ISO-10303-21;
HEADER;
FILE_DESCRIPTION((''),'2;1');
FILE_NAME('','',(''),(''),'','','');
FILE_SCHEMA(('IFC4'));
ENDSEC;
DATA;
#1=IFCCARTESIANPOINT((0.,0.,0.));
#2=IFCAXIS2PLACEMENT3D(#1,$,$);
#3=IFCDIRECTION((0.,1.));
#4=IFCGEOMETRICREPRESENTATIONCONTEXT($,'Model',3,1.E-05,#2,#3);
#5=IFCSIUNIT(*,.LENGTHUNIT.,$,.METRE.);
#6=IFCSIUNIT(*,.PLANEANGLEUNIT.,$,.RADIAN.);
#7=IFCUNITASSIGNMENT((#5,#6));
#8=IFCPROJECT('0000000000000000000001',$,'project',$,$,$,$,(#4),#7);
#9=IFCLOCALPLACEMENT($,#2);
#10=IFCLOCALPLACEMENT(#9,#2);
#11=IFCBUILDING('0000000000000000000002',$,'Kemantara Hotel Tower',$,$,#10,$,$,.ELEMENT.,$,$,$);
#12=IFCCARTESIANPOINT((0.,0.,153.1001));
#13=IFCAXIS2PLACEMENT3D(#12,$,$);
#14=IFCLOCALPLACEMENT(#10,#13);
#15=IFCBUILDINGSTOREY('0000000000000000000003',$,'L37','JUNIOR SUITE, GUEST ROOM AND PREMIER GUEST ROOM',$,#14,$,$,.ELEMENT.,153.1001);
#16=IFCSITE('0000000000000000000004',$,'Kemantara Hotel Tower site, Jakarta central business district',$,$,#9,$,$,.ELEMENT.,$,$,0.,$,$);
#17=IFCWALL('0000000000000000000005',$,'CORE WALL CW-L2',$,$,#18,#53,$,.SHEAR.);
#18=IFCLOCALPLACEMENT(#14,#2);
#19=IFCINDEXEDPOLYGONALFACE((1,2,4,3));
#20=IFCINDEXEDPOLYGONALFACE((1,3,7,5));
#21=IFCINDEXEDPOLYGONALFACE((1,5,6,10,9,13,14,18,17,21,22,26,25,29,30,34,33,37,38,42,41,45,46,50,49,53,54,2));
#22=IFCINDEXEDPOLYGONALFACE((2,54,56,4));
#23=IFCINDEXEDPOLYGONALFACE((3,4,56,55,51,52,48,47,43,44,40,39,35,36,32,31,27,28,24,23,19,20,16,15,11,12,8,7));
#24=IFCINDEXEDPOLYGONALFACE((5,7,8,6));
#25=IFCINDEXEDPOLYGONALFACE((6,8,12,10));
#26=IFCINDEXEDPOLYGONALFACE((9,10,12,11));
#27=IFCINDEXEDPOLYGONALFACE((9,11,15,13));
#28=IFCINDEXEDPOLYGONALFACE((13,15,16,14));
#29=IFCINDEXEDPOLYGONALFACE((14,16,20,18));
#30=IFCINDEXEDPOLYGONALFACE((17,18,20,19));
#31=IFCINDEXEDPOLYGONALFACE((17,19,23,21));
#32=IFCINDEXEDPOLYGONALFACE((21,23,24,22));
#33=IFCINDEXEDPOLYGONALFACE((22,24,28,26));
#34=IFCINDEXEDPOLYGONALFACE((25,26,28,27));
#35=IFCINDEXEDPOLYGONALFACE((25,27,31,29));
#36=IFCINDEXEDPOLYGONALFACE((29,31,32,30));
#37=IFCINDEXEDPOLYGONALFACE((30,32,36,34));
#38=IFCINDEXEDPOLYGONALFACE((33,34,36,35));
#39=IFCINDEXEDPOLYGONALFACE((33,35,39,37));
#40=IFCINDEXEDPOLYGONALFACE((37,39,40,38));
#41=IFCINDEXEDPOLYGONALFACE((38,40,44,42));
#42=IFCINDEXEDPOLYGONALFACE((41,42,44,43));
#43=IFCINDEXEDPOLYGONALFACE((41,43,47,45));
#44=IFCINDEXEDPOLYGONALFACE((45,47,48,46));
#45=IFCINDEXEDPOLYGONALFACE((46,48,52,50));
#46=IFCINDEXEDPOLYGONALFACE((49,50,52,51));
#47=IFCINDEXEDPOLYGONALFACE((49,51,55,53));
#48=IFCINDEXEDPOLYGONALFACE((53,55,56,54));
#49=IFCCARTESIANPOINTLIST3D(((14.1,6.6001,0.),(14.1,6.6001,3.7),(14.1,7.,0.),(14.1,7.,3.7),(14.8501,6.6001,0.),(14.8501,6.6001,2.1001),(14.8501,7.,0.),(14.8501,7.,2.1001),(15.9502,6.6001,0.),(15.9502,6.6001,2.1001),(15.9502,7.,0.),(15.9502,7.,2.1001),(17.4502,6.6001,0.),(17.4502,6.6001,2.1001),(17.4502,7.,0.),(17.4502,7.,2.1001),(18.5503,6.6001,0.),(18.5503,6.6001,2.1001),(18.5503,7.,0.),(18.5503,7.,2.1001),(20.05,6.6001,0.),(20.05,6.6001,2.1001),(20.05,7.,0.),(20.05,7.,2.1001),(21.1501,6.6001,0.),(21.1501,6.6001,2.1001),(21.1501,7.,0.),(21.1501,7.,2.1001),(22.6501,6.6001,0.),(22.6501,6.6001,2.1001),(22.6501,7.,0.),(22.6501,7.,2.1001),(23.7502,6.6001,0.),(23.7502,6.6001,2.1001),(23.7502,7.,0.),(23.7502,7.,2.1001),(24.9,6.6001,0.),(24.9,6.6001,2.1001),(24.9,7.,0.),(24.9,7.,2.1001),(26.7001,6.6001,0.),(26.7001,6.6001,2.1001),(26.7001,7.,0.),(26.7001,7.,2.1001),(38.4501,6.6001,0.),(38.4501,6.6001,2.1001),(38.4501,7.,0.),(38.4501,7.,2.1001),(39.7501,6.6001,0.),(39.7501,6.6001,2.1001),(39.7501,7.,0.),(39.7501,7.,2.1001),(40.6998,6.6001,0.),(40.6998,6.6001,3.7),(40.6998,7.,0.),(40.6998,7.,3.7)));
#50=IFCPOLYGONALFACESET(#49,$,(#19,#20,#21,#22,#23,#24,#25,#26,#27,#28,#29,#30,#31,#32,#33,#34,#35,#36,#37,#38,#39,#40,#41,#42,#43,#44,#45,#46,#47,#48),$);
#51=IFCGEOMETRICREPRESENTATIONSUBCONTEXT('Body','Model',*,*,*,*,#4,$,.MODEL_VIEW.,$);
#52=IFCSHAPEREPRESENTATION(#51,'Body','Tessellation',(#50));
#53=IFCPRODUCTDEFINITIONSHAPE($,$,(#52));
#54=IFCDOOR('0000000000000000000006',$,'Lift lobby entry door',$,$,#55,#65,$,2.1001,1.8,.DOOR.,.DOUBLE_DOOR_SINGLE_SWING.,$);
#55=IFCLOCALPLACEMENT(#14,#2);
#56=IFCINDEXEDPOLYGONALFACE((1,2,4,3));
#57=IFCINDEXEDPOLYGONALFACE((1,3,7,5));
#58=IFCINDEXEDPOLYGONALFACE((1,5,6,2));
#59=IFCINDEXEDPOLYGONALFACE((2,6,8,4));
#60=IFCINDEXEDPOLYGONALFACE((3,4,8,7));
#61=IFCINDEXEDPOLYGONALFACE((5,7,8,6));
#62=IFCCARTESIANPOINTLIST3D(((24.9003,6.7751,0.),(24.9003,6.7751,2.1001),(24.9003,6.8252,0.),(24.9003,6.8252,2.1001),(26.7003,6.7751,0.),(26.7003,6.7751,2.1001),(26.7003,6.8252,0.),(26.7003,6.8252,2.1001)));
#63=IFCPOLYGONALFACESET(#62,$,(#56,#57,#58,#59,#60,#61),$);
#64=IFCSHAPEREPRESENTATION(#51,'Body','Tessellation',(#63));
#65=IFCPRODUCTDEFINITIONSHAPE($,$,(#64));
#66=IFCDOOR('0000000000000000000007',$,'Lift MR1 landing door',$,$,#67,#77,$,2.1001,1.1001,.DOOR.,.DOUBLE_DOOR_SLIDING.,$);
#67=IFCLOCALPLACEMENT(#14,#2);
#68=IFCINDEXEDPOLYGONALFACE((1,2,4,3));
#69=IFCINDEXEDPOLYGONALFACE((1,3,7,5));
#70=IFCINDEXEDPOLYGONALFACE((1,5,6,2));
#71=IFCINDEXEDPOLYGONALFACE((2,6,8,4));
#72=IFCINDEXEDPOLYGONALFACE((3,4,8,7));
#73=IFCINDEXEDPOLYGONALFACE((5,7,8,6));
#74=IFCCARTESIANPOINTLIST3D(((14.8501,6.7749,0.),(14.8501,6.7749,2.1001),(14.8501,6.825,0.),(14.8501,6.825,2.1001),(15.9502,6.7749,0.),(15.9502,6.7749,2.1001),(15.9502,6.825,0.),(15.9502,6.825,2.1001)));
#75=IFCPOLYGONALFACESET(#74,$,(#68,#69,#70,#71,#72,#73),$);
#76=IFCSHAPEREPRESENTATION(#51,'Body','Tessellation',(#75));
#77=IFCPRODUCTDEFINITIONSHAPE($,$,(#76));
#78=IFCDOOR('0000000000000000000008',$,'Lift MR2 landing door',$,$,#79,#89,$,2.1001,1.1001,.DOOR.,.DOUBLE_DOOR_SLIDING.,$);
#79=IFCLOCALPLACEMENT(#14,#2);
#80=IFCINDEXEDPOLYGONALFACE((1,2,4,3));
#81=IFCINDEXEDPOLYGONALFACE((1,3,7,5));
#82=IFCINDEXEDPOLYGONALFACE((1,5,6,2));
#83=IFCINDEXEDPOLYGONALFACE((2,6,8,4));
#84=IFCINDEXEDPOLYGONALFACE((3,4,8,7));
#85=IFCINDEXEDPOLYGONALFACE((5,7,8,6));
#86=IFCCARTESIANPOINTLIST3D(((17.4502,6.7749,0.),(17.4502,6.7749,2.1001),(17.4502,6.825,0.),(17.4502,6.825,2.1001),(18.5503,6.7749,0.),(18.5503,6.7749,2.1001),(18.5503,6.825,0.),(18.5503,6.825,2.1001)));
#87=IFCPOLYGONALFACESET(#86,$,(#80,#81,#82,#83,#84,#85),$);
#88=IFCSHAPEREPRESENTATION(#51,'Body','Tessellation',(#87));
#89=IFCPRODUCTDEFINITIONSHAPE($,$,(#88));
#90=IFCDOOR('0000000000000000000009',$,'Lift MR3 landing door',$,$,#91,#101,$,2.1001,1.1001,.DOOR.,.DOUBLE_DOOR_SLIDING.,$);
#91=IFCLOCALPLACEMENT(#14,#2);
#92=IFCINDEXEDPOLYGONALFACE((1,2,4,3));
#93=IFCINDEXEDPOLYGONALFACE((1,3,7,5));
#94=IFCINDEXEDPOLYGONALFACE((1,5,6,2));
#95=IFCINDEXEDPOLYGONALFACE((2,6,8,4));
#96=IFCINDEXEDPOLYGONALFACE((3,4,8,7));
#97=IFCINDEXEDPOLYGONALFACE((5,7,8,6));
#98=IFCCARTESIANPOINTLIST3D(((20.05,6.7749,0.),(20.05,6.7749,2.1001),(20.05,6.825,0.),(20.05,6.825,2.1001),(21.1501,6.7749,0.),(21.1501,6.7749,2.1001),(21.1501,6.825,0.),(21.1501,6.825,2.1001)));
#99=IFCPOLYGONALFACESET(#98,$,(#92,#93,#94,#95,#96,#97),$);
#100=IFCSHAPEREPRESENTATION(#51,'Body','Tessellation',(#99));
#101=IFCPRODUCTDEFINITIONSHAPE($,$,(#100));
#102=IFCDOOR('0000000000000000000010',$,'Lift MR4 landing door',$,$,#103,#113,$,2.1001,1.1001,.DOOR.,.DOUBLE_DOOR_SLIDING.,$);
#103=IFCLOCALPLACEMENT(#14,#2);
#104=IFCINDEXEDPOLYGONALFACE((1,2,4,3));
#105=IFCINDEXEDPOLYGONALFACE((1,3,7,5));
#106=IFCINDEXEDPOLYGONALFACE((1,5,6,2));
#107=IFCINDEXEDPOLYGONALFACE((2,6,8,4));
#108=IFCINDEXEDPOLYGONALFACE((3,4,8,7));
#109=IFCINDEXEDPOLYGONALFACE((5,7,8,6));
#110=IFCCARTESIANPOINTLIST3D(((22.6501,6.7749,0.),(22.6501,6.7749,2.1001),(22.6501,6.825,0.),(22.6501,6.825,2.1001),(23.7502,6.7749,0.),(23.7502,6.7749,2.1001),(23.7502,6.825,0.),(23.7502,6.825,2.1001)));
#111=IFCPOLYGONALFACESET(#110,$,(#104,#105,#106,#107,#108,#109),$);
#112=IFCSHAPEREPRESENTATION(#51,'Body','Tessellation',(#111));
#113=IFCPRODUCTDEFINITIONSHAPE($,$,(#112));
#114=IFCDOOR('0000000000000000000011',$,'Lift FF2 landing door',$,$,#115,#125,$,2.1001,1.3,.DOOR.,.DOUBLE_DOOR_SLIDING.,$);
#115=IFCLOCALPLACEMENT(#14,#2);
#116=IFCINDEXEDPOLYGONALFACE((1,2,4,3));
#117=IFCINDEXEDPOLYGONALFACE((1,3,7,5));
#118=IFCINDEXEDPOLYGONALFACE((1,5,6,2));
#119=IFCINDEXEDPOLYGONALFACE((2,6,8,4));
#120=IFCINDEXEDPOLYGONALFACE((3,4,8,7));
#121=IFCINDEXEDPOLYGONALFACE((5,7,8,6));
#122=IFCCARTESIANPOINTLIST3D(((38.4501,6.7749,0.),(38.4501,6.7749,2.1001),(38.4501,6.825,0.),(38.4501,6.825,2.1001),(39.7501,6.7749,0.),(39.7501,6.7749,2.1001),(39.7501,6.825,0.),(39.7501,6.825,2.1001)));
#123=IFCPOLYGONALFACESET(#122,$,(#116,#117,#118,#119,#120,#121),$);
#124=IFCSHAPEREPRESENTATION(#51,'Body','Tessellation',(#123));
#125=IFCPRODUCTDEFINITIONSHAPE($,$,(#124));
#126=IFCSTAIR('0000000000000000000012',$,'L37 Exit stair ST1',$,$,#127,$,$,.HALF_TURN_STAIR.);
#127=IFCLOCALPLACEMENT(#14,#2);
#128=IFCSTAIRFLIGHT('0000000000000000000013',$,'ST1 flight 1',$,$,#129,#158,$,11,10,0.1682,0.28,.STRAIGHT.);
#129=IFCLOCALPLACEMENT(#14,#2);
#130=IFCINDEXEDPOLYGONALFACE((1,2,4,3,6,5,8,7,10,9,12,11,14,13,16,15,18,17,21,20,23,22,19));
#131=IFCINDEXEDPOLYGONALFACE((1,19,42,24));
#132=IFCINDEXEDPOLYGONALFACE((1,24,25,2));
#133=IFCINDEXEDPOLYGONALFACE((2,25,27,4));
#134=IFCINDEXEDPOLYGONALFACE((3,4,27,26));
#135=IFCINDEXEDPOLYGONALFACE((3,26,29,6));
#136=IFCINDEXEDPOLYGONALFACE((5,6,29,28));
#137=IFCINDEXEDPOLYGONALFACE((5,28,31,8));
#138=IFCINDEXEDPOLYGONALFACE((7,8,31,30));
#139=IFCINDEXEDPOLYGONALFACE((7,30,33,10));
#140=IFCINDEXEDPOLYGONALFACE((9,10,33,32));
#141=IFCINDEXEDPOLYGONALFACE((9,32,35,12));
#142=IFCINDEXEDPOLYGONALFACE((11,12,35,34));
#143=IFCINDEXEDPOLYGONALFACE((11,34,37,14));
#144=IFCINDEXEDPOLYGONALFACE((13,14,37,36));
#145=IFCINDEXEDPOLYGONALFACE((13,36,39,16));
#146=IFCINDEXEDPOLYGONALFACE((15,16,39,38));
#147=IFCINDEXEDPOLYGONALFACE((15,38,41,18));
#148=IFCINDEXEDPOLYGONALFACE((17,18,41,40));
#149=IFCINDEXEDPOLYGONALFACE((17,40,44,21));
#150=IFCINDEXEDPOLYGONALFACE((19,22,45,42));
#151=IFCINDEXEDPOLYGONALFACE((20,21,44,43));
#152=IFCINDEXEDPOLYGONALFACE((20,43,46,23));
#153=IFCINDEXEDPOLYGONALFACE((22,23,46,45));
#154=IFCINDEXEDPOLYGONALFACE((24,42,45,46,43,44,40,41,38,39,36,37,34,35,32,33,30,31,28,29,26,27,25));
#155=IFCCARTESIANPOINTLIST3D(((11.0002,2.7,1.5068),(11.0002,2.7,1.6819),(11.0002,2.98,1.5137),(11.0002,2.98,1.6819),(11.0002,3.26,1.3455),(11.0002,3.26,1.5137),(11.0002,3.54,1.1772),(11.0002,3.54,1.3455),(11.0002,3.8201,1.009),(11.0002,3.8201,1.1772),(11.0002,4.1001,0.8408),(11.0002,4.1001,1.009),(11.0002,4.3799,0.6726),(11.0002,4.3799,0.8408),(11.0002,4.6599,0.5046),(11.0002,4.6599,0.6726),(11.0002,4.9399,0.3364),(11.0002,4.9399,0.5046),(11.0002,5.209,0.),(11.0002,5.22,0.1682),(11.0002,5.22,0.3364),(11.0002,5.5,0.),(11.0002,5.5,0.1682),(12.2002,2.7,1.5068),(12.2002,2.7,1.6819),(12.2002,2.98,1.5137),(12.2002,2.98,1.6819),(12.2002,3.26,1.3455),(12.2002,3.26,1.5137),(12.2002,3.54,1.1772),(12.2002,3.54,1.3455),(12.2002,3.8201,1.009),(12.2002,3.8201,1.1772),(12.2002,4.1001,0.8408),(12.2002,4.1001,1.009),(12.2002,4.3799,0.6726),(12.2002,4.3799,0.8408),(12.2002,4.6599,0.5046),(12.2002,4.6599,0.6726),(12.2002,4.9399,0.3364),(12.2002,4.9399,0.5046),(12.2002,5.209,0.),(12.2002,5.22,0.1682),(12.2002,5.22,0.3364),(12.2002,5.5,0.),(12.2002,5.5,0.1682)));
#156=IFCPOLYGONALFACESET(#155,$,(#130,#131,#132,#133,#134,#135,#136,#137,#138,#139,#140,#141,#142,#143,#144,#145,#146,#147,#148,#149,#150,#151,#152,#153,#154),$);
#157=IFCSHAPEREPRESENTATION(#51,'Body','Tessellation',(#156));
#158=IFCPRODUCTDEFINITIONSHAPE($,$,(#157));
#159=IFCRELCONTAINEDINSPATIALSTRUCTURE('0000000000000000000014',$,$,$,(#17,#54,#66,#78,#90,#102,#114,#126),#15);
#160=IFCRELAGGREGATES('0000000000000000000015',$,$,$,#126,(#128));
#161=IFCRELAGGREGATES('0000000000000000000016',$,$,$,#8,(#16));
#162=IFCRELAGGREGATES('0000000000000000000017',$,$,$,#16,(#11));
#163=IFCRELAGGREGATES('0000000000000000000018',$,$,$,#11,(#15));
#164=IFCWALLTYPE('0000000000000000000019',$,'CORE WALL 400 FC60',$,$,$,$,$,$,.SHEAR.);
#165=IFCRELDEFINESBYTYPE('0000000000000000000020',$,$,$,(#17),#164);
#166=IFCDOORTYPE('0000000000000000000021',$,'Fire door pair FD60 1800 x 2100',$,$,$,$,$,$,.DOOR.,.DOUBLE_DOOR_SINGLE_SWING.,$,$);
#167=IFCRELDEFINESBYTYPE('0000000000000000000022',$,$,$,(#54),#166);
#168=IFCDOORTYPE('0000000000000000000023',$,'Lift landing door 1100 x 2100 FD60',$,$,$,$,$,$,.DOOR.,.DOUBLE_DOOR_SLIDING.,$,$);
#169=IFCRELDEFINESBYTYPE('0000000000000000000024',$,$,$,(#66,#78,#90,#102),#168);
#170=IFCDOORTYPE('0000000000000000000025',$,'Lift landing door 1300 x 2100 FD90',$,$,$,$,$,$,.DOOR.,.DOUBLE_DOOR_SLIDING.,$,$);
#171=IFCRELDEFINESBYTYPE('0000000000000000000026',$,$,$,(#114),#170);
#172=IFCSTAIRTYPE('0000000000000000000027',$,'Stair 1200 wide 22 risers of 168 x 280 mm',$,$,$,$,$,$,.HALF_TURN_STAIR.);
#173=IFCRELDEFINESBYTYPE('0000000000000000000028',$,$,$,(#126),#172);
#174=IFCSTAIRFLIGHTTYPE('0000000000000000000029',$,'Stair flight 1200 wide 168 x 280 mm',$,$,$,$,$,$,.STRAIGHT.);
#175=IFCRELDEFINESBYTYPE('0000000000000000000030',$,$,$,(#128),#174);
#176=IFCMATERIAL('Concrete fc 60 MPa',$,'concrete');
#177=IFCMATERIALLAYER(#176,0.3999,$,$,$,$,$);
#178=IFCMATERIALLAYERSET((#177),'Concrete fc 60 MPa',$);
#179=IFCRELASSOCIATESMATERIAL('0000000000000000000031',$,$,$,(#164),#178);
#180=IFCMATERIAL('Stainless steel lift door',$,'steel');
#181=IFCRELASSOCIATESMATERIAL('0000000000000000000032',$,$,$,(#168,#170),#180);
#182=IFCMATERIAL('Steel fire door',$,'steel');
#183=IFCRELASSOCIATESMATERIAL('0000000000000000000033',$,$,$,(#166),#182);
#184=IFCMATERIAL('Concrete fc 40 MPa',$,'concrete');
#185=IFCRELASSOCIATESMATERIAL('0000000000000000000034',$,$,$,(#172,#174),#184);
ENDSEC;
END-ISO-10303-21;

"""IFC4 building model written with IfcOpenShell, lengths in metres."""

from ifc_helpers import new_model, si_unit, direction, frame, frame_2d, origin, place, context, subcontext, project, spatial, polyline, rectangle, outline, extrude, material, layer, layer_set, type_object, element, fill, aggregate, save


model = new_model("IFC4")

# Units and contexts
model_context = context("Model", 3, precision=1e-05, world=origin(), true_north=direction((0.0, 1.0)))
body_context = subcontext(model_context, "Body", "Model", "MODEL_VIEW")
ifc_project = project(units=[si_unit("LENGTHUNIT", "METRE"), si_unit("PLANEANGLEUNIT", "RADIAN")], contexts=[model_context])

# Site, building, storey
site_placement = place(None, origin())
site = spatial("IfcSite", under=ifc_project, at=site_placement, Name="Kemantara Hotel Tower site, Jakarta central business district", CompositionType="ELEMENT", RefElevation=0.0)
building_placement = place(site_placement, origin())
building = spatial("IfcBuilding", under=site, at=building_placement, Name="Kemantara Hotel Tower", CompositionType="ELEMENT")
storey_placement = place(building_placement, frame((0.0, 0.0, 153.1001)))
storey = spatial("IfcBuildingStorey", under=building, at=storey_placement, Name="L37", Description="JUNIOR SUITE, GUEST ROOM AND PREMIER GUEST ROOM", CompositionType="ELEMENT", Elevation=153.1001)

# Shared definitions
ifc_material_1 = material(Name="Concrete fc 60 MPa", Category="concrete")

# Wall, openings, doors
ifc_layer_1 = layer(ifc_material_1, 0.3999)
ifc_layer_set_1 = layer_set([ifc_layer_1], Name="Concrete fc 60 MPa")
wall_type_1 = type_object("IfcWallType", Name="CORE WALL 400 FC60", PredefinedType="SHEAR", material=ifc_layer_set_1)
ifc_material_2 = material(Name="Steel fire door", Category="steel")
ifc_material_3 = material(Name="Stainless steel lift door", Category="steel")
door_type_1 = type_object("IfcDoorType", Name="Lift landing door 1100 x 2100 FD60", OperationType="DOUBLE_DOOR_SLIDING", PredefinedType="DOOR", material=ifc_material_3)
door_type_2 = type_object("IfcDoorType", Name="Lift landing door 1300 x 2100 FD90", OperationType="DOUBLE_DOOR_SLIDING", PredefinedType="DOOR", material=ifc_material_3)
wall_1_placement = place(storey_placement, frame((14.1001, 6.8, 0.0), z_axis=(0.0, 0.0, 1.0), x_axis=(1.0, 0.0, 0.0)))
wall_1 = element("IfcWall", 1, at=wall_1_placement, inside=storey, type_object=wall_type_1, Name="CORE WALL CW-L2", PredefinedType="SHEAR", context=body_context, shape_type="SweptSolid", body=[
    extrude(rectangle(XDim=26.5999, YDim=0.3999, at=frame_2d((13.2998, 0.0))), origin(), (0.0, 0.0, 1.0), 3.7),
])
opening_1_placement = place(wall_1_placement, frame((10.8, 0.0, 0.0)))
opening_1 = element("IfcOpeningElement", 2, at=opening_1_placement, cuts=wall_1, PredefinedType="OPENING", context=body_context, shape_type="SweptSolid", body=[
    extrude(rectangle(XDim=1.8, YDim=2.1001, at=frame_2d((0.8999, 1.05))), frame((0.0, 0.21, 0.0), z_axis=(0.0, -1.0, 0.0), x_axis=(1.0, 0.0, 0.0)), (0.0, 0.0, 1.0), 0.4199),
])
opening_2_placement = place(wall_1_placement, frame((0.75, 0.0, 0.0)))
opening_2 = element("IfcOpeningElement", 3, at=opening_2_placement, cuts=wall_1, PredefinedType="OPENING", context=body_context, shape_type="SweptSolid", body=[
    extrude(rectangle(XDim=1.1001, YDim=2.1001, at=frame_2d((0.55, 1.05))), frame((0.0, 0.21, 0.0), z_axis=(0.0, -1.0, 0.0), x_axis=(1.0, 0.0, 0.0)), (0.0, 0.0, 1.0), 0.4199),
])
opening_3_placement = place(wall_1_placement, frame((3.3501, 0.0, 0.0)))
opening_3 = element("IfcOpeningElement", 4, at=opening_3_placement, cuts=wall_1, PredefinedType="OPENING", context=body_context, shape_type="SweptSolid", body=[
    extrude(rectangle(XDim=1.1001, YDim=2.1001, at=frame_2d((0.55, 1.05))), frame((0.0, 0.21, 0.0), z_axis=(0.0, -1.0, 0.0), x_axis=(1.0, 0.0, 0.0)), (0.0, 0.0, 1.0), 0.4199),
])
opening_4_placement = place(wall_1_placement, frame((5.95, 0.0, 0.0)))
opening_4 = element("IfcOpeningElement", 5, at=opening_4_placement, cuts=wall_1, PredefinedType="OPENING", context=body_context, shape_type="SweptSolid", body=[
    extrude(rectangle(XDim=1.1001, YDim=2.1001, at=frame_2d((0.55, 1.05))), frame((0.0, 0.21, 0.0), z_axis=(0.0, -1.0, 0.0), x_axis=(1.0, 0.0, 0.0)), (0.0, 0.0, 1.0), 0.4199),
])
opening_5_placement = place(wall_1_placement, frame((8.55, 0.0, 0.0)))
opening_5 = element("IfcOpeningElement", 6, at=opening_5_placement, cuts=wall_1, PredefinedType="OPENING", context=body_context, shape_type="SweptSolid", body=[
    extrude(rectangle(XDim=1.1001, YDim=2.1001, at=frame_2d((0.55, 1.05))), frame((0.0, 0.21, 0.0), z_axis=(0.0, -1.0, 0.0), x_axis=(1.0, 0.0, 0.0)), (0.0, 0.0, 1.0), 0.4199),
])
opening_6_placement = place(wall_1_placement, frame((24.3501, 0.0, 0.0)))
opening_6 = element("IfcOpeningElement", 7, at=opening_6_placement, cuts=wall_1, PredefinedType="OPENING", context=body_context, shape_type="SweptSolid", body=[
    extrude(rectangle(XDim=1.3, YDim=2.1001, at=frame_2d((0.6499, 1.05))), frame((0.0, 0.21, 0.0), z_axis=(0.0, -1.0, 0.0), x_axis=(1.0, 0.0, 0.0)), (0.0, 0.0, 1.0), 0.4199),
])
door_type_3 = type_object("IfcDoorType", Name="Fire door pair FD60 1800 x 2100", OperationType="DOUBLE_DOOR_SINGLE_SWING", PredefinedType="DOOR", material=ifc_material_2)
door_1_placement = place(opening_1_placement, frame((1.8, 0.0, 0.0), z_axis=(0.0, 0.0, 1.0), x_axis=(-1.0, 0.0, 0.0)))
door_1 = element("IfcDoor", 8, at=door_1_placement, inside=storey, type_object=door_type_3, Name="Lift lobby entry door", OperationType="DOUBLE_DOOR_SINGLE_SWING", OverallHeight=2.1001, OverallWidth=1.8, PredefinedType="DOOR", context=body_context, shape_type="SweptSolid", body=[
    extrude(rectangle(XDim=1.8, YDim=2.1001, at=frame_2d((0.8999, 1.05))), frame((0.0, 0.0249, 0.0), z_axis=(0.0, -1.0, 0.0), x_axis=(1.0, 0.0, 0.0)), (0.0, 0.0, 1.0), 0.05),
])
fill(opening_1, door_1)
door_2_placement = place(opening_2_placement, origin())
door_2 = element("IfcDoor", 9, at=door_2_placement, inside=storey, type_object=door_type_1, Name="Lift MR1 landing door", OperationType="DOUBLE_DOOR_SLIDING", OverallHeight=2.1001, OverallWidth=1.1001, PredefinedType="DOOR", context=body_context, shape_type="SweptSolid", body=[
    extrude(rectangle(XDim=1.1001, YDim=2.1001, at=frame_2d((0.55, 1.05))), frame((0.0, 0.0249, 0.0), z_axis=(0.0, -1.0, 0.0), x_axis=(1.0, 0.0, 0.0)), (0.0, 0.0, 1.0), 0.05),
])
fill(opening_2, door_2)
door_3_placement = place(opening_3_placement, origin())
door_3 = element("IfcDoor", 10, at=door_3_placement, inside=storey, type_object=door_type_1, Name="Lift MR2 landing door", OperationType="DOUBLE_DOOR_SLIDING", OverallHeight=2.1001, OverallWidth=1.1001, PredefinedType="DOOR", context=body_context, shape_type="SweptSolid", body=[
    extrude(rectangle(XDim=1.1001, YDim=2.1001, at=frame_2d((0.55, 1.05))), frame((0.0, 0.0249, 0.0), z_axis=(0.0, -1.0, 0.0), x_axis=(1.0, 0.0, 0.0)), (0.0, 0.0, 1.0), 0.05),
])
fill(opening_3, door_3)
door_4_placement = place(opening_4_placement, origin())
door_4 = element("IfcDoor", 11, at=door_4_placement, inside=storey, type_object=door_type_1, Name="Lift MR3 landing door", OperationType="DOUBLE_DOOR_SLIDING", OverallHeight=2.1001, OverallWidth=1.1001, PredefinedType="DOOR", context=body_context, shape_type="SweptSolid", body=[
    extrude(rectangle(XDim=1.1001, YDim=2.1001, at=frame_2d((0.55, 1.05))), frame((0.0, 0.0249, 0.0), z_axis=(0.0, -1.0, 0.0), x_axis=(1.0, 0.0, 0.0)), (0.0, 0.0, 1.0), 0.05),
])
fill(opening_4, door_4)
door_5_placement = place(opening_5_placement, origin())
door_5 = element("IfcDoor", 12, at=door_5_placement, inside=storey, type_object=door_type_1, Name="Lift MR4 landing door", OperationType="DOUBLE_DOOR_SLIDING", OverallHeight=2.1001, OverallWidth=1.1001, PredefinedType="DOOR", context=body_context, shape_type="SweptSolid", body=[
    extrude(rectangle(XDim=1.1001, YDim=2.1001, at=frame_2d((0.55, 1.05))), frame((0.0, 0.0249, 0.0), z_axis=(0.0, -1.0, 0.0), x_axis=(1.0, 0.0, 0.0)), (0.0, 0.0, 1.0), 0.05),
])
fill(opening_5, door_5)
door_6_placement = place(opening_6_placement, origin())
door_6 = element("IfcDoor", 13, at=door_6_placement, inside=storey, type_object=door_type_2, Name="Lift FF2 landing door", OperationType="DOUBLE_DOOR_SLIDING", OverallHeight=2.1001, OverallWidth=1.3, PredefinedType="DOOR", context=body_context, shape_type="SweptSolid", body=[
    extrude(rectangle(XDim=1.3, YDim=2.1001, at=frame_2d((0.6499, 1.05))), frame((0.0, 0.0249, 0.0), z_axis=(0.0, -1.0, 0.0), x_axis=(1.0, 0.0, 0.0)), (0.0, 0.0, 1.0), 0.05),
])
fill(opening_6, door_6)

# Stair, stair flight
ifc_material_4 = material(Name="Concrete fc 40 MPa", Category="concrete")
stair_type = type_object("IfcStairType", Name="Stair 1200 wide 22 risers of 168 x 280 mm", PredefinedType="HALF_TURN_STAIR", material=ifc_material_4)
stair_placement = place(storey_placement, origin())
stair = element("IfcStair", 14, at=stair_placement, inside=storey, type_object=stair_type, Name="L37 Exit stair ST1", PredefinedType="HALF_TURN_STAIR")
stair_flight_type = type_object("IfcStairFlightType", Name="Stair flight 1200 wide 168 x 280 mm", PredefinedType="STRAIGHT", material=ifc_material_4)
stair_flight_placement = place(storey_placement, frame((11.6001, 5.5, 0.0), z_axis=(0.0, 0.0, 1.0), x_axis=(0.0, -1.0, 0.0)))
stair_flight = element("IfcStairFlight", 15, at=stair_flight_placement, type_object=stair_flight_type, Name="ST1 flight 1", NumberOfRisers=11, NumberOfTreads=10, PredefinedType="STRAIGHT", RiserHeight=0.1682, TreadLength=0.28, context=body_context, shape_type="SweptSolid", body=[
    extrude(outline(polyline([(0.0, 0.0), (0.0, 0.1682), (0.28, 0.1682), (0.28, 0.3364), (0.5601, 0.3364), (0.5601, 0.5046), (0.8401, 0.5046), (0.8401, 0.6726), (1.1201, 0.6726), (1.1201, 0.8408), (1.3999, 0.8408), (1.3999, 1.009), (1.6799, 1.009), (1.6799, 1.1772), (1.96, 1.1772), (1.96, 1.3455), (2.24, 1.3455), (2.24, 1.5137), (2.52, 1.5137), (2.52, 1.6819), (2.8, 1.6819), (2.8, 1.8501), (2.8, 1.5068), (0.291, 0.0), (0.0, 0.0)])), frame((0.0, 0.6001, 0.0), z_axis=(0.0, -1.0, 0.0), x_axis=(1.0, 0.0, 0.0)), (0.0, 0.0, 1.0), 1.2),
])
aggregate(stair, [stair_flight])

save(model, "model.ifc")
